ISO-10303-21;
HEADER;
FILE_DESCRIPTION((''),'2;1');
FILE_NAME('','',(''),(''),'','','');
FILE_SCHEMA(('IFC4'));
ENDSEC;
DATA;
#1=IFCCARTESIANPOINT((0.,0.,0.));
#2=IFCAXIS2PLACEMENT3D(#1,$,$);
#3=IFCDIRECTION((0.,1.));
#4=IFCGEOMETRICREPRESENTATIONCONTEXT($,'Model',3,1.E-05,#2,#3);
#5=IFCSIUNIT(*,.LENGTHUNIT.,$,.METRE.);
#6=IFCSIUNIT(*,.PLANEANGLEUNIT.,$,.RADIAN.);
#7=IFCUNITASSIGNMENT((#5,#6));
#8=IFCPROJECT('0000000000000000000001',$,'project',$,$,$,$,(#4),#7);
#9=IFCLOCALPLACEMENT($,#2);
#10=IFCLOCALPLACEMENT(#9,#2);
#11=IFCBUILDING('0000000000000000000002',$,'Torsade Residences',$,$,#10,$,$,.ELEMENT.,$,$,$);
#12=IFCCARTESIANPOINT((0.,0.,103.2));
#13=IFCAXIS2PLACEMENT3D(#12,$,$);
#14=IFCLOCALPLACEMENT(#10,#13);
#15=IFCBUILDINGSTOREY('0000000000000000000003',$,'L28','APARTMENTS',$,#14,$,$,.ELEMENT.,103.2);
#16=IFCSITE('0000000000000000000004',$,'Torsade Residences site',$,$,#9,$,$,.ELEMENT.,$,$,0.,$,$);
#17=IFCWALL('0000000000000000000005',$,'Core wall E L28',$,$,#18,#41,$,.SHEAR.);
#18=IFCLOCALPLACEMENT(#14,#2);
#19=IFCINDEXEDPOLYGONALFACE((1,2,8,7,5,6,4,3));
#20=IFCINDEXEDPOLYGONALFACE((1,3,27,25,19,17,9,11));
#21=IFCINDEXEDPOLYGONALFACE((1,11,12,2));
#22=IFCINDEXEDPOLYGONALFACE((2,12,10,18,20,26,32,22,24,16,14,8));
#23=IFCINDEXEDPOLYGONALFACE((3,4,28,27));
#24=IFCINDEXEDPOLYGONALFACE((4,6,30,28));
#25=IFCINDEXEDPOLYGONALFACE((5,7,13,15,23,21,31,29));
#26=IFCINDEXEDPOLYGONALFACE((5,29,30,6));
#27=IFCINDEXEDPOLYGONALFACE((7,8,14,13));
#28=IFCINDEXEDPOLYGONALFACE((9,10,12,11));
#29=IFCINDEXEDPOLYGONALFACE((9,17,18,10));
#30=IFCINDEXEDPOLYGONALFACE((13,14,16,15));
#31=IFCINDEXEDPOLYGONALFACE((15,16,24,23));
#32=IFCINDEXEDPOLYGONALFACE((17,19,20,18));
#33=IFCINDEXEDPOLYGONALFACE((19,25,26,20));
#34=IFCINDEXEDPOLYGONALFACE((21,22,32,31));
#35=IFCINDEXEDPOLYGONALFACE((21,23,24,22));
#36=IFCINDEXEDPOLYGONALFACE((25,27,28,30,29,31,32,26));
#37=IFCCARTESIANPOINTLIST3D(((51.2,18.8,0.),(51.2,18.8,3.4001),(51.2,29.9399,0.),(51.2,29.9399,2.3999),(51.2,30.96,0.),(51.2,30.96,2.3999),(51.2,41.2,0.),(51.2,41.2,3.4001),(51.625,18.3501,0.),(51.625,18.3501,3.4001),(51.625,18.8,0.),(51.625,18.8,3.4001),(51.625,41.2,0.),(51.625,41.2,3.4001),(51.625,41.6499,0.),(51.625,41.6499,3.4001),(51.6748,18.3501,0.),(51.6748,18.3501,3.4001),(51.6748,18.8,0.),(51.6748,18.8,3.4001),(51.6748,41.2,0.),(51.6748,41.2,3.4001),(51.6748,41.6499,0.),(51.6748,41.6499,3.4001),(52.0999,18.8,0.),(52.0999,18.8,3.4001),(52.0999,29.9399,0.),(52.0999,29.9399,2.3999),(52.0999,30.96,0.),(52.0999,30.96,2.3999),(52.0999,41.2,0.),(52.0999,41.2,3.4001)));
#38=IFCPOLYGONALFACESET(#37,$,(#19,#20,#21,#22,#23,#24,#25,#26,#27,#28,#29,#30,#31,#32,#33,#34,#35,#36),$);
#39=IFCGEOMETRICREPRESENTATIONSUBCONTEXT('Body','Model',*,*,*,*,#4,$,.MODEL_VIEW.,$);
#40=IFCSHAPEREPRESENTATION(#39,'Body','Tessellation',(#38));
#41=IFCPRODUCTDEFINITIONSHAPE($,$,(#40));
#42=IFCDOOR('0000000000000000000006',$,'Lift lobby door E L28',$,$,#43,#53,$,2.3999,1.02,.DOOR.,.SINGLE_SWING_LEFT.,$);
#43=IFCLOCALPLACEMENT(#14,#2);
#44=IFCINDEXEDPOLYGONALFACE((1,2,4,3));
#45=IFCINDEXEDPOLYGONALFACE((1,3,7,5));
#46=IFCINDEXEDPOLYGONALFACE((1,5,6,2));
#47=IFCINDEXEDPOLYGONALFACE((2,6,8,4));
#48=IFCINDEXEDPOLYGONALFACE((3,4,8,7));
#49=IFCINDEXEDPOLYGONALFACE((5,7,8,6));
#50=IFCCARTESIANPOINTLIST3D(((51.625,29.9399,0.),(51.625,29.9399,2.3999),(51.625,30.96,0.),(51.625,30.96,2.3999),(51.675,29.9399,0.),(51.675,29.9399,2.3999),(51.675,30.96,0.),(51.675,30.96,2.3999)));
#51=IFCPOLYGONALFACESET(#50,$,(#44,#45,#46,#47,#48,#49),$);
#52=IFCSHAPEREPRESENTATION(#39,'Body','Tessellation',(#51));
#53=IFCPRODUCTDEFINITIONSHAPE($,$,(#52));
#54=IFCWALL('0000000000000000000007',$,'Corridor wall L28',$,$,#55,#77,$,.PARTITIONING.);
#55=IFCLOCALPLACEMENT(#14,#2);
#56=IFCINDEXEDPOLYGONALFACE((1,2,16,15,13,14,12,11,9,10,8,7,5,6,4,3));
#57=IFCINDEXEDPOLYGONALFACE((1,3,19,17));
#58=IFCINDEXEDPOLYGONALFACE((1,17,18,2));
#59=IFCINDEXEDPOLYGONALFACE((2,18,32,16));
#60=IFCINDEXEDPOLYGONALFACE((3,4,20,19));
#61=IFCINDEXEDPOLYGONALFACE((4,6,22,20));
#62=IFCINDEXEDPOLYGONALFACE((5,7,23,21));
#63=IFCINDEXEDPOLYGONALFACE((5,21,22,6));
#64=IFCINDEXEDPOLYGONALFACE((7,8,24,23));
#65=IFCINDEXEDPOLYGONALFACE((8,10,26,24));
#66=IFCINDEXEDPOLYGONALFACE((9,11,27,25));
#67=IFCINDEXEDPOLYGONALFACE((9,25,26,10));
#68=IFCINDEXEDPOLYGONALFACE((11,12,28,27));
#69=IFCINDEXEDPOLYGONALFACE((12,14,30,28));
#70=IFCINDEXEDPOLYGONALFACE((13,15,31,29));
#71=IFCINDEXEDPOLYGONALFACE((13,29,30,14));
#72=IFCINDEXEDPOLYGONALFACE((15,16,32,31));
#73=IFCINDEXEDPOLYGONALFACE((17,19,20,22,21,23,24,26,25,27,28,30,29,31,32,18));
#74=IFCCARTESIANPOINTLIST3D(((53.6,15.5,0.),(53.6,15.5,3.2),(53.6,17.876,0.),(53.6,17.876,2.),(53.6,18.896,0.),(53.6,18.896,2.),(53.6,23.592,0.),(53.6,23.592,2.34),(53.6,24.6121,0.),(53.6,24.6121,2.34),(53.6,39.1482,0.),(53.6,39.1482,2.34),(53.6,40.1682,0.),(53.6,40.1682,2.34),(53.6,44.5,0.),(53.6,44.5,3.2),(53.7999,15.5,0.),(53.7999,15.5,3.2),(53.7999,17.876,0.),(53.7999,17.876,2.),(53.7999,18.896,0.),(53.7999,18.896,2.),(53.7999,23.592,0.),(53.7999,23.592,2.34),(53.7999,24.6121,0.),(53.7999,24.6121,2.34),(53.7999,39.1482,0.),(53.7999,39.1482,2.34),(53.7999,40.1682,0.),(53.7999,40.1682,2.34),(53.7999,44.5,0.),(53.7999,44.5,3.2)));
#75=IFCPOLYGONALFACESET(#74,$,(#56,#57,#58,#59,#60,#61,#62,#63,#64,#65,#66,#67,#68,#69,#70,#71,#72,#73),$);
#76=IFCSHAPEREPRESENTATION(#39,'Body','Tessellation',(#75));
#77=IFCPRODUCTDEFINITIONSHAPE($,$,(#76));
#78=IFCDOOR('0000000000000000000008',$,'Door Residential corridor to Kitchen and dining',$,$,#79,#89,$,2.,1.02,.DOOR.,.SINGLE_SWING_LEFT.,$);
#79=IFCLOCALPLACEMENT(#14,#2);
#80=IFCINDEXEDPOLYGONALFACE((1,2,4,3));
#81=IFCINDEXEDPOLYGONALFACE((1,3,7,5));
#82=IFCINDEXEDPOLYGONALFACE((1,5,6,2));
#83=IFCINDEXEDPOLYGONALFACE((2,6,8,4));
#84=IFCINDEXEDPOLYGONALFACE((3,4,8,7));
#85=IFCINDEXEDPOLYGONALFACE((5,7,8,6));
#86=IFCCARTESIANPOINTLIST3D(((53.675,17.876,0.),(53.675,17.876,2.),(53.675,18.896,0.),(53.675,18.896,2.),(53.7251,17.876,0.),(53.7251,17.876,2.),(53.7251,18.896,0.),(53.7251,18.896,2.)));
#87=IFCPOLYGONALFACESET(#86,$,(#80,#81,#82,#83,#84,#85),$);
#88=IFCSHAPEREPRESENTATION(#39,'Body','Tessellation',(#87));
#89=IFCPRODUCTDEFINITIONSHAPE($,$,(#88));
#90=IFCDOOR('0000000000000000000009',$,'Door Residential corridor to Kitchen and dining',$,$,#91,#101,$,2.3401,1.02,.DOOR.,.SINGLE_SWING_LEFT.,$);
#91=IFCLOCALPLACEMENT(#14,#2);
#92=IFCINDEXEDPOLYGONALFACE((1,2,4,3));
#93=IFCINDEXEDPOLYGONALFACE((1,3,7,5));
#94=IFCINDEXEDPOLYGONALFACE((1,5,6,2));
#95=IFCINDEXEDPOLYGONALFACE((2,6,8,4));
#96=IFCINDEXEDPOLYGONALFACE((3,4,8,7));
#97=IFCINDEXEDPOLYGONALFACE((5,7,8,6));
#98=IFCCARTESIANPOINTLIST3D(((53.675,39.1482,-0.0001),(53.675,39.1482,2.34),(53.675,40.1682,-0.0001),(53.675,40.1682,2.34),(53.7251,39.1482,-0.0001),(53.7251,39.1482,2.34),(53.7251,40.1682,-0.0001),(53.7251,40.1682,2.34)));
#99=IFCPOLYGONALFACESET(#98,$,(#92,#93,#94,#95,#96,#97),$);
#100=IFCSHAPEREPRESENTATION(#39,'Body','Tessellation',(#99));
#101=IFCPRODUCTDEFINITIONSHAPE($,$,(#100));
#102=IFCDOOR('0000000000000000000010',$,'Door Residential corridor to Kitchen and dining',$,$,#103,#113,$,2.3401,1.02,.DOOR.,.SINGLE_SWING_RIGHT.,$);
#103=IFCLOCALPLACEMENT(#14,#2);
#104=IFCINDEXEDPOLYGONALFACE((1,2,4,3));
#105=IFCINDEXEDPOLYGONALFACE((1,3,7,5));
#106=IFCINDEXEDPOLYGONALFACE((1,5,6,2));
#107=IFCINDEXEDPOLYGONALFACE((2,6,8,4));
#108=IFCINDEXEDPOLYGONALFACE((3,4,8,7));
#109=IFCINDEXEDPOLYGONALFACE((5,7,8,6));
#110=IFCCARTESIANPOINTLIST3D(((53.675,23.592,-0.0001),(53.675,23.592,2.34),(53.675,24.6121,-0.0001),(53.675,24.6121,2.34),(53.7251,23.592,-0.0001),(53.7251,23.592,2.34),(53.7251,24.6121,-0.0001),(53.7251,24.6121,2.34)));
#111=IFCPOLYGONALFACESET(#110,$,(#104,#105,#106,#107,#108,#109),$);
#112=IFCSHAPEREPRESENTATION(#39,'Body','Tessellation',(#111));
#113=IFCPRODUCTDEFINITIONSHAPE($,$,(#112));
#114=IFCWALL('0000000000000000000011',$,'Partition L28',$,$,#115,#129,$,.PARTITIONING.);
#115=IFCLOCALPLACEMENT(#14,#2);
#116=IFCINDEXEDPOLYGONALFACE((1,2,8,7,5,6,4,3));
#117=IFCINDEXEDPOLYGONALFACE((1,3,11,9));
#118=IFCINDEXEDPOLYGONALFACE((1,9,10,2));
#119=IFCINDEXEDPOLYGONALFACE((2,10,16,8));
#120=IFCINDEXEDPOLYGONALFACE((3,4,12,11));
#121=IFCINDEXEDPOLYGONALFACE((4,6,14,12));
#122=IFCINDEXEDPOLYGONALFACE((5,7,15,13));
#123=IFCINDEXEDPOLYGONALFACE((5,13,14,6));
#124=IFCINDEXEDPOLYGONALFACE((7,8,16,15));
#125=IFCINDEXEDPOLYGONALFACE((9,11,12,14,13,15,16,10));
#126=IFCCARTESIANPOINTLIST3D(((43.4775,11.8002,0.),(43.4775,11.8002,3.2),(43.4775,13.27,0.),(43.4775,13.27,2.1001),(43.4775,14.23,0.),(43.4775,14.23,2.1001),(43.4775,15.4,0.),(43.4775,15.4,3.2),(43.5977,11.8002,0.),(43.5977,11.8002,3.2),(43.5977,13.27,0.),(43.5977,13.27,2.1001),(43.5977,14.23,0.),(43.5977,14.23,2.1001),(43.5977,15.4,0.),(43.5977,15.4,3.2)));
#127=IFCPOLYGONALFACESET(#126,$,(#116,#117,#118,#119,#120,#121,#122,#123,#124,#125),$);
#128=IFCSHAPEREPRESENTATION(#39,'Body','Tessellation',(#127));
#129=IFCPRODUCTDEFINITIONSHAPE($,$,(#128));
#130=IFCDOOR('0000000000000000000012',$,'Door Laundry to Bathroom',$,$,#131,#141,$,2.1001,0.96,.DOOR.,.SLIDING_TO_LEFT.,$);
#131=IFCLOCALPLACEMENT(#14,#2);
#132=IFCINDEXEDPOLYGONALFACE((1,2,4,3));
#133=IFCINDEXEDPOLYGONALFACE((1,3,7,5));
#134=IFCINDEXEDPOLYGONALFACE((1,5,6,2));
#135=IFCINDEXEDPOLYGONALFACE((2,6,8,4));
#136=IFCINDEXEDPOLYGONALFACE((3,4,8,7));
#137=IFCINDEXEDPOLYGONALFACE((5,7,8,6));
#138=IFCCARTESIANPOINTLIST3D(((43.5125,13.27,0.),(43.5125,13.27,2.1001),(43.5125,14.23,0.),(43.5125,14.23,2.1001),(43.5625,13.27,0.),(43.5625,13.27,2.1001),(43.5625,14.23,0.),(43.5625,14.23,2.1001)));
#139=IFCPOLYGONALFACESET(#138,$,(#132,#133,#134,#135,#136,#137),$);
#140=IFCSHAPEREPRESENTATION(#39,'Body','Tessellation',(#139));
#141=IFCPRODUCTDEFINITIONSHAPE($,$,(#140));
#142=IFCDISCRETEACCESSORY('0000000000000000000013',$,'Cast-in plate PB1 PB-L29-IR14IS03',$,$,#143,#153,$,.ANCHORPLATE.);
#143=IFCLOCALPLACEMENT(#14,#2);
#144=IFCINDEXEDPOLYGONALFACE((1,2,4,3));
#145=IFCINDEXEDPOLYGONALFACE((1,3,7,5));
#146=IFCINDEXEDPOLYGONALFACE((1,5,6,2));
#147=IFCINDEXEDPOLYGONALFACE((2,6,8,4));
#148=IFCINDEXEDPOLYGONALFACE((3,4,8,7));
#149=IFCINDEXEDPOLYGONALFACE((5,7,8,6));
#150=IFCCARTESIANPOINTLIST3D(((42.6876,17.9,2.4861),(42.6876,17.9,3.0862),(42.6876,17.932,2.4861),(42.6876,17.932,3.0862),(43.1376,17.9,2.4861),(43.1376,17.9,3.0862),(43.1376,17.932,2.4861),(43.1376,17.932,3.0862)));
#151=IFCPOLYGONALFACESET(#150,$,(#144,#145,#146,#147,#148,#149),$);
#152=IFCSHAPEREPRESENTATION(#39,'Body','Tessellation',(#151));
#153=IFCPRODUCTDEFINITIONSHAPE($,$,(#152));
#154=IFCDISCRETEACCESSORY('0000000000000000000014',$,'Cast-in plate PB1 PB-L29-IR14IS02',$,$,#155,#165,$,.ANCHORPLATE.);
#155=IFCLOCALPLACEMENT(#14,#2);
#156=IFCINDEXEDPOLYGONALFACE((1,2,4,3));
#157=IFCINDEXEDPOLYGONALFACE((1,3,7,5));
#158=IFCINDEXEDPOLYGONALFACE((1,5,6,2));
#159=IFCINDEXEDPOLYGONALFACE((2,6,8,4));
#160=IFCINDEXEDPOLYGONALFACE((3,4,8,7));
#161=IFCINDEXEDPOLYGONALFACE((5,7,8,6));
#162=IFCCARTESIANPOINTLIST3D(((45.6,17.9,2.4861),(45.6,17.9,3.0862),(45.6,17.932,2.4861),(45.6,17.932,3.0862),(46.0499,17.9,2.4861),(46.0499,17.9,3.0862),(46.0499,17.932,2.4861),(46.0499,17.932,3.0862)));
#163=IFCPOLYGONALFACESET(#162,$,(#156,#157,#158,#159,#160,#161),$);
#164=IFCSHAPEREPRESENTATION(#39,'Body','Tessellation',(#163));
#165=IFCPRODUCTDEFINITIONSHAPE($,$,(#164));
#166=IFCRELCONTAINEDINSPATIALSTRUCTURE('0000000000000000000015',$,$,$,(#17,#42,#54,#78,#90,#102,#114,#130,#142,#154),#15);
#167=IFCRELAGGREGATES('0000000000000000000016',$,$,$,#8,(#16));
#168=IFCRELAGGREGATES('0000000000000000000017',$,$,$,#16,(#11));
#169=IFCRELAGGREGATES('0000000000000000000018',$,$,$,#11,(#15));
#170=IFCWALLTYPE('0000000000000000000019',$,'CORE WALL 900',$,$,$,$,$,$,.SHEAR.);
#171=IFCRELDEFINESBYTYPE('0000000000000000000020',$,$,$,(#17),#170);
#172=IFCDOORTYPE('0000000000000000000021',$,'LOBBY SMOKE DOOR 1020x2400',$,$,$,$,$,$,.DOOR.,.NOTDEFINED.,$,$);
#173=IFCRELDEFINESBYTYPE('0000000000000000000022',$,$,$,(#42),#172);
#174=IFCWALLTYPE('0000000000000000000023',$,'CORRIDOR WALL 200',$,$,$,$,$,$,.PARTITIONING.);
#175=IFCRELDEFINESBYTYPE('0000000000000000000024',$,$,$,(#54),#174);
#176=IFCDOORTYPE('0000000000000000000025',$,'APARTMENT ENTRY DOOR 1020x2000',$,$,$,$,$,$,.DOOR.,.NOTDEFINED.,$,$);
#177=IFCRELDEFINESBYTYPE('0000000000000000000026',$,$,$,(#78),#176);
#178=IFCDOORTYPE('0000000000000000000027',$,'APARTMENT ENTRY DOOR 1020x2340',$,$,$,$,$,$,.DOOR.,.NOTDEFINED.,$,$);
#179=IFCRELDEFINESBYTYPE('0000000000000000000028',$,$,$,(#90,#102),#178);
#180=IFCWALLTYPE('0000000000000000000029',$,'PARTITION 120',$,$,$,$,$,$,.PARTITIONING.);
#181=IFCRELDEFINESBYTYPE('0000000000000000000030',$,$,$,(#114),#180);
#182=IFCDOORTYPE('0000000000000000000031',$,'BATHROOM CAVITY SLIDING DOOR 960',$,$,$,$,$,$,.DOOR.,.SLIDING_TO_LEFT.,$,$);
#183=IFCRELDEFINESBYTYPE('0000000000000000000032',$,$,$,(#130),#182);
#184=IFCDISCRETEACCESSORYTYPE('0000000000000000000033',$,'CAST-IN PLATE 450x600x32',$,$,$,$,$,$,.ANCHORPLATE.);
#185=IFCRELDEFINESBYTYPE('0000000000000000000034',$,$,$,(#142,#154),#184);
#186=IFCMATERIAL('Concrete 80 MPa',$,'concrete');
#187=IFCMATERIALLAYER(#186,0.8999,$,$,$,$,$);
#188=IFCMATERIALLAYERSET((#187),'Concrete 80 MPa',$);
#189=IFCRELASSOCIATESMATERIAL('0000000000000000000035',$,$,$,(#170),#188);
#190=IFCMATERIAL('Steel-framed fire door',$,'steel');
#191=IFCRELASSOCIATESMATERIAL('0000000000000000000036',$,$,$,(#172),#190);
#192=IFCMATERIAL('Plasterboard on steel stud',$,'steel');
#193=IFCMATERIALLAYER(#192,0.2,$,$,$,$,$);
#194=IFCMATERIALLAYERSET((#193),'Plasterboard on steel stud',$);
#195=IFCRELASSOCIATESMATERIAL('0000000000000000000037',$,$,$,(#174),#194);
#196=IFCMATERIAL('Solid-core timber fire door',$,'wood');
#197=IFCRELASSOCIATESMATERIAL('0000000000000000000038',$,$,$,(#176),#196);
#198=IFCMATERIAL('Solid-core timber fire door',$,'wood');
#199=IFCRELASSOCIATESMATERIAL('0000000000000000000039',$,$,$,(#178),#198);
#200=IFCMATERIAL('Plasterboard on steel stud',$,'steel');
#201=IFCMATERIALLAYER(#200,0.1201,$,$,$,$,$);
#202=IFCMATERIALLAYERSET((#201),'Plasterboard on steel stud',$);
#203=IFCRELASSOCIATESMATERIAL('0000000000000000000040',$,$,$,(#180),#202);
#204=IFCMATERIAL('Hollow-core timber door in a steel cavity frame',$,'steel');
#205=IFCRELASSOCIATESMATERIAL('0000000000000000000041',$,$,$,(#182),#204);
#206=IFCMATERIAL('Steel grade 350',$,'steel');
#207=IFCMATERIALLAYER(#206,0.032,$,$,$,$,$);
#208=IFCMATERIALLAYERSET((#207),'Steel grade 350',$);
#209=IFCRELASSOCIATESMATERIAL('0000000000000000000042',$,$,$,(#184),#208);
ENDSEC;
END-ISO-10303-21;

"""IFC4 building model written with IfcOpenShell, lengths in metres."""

from ifc_helpers import new_model, si_unit, direction, frame, frame_2d, origin, origin_2d, place, context, subcontext, project, spatial, polyline, rectangle, outline, extrude, material, layer, layer_set, type_object, element, fill, save


model = new_model("IFC4")

# Units and contexts
model_context = context("Model", 3, precision=1e-05, world=origin(), true_north=direction((0.0, 1.0)))
body_context = subcontext(model_context, "Body", "Model", "MODEL_VIEW")
ifc_project = project(units=[si_unit("LENGTHUNIT", "METRE"), si_unit("PLANEANGLEUNIT", "RADIAN")], contexts=[model_context])

# Site, building, storey
site_placement = place(None, origin())
site = spatial("IfcSite", under=ifc_project, at=site_placement, Name="Torsade Residences site", CompositionType="ELEMENT", RefElevation=0.0)
building_placement = place(site_placement, origin())
building = spatial("IfcBuilding", under=site, at=building_placement, Name="Torsade Residences", CompositionType="ELEMENT")
storey_placement = place(building_placement, frame((0.0, 0.0, 103.2)))
storey = spatial("IfcBuildingStorey", under=building, at=storey_placement, Name="L28", Description="APARTMENTS", CompositionType="ELEMENT", Elevation=103.2)

# Shared definitions
ifc_material_1 = material(Name="Concrete 80 MPa", Category="concrete")
ifc_layer_1 = layer(ifc_material_1, 0.8999)
ifc_layer_set_1 = layer_set([ifc_layer_1], Name="Concrete 80 MPa")
wall_type_1 = type_object("IfcWallType", Name="CORE WALL 900", PredefinedType="SHEAR", material=ifc_layer_set_1)

# Wall, opening, door
wall_1_placement = place(storey_placement, frame((51.6499, 18.8, 0.0), z_axis=(0.0, 0.0, 1.0), x_axis=(0.0, 1.0, 0.0)))
wall_1 = element("IfcWall", 1, at=wall_1_placement, inside=storey, type_object=wall_type_1, Name="Core wall E L28", PredefinedType="SHEAR", context=body_context, shape_type="SweptSolid", body=[
    extrude(outline(polyline([(0.0, -0.45), (22.3999, -0.45), (22.3999, -0.0249), (22.8499, -0.0249), (22.8499, 0.0249), (22.3999, 0.0249), (22.3999, 0.45), (0.0, 0.45), (0.0, 0.0249), (-0.45, 0.0249), (-0.45, -0.0249), (0.0, -0.0249), (0.0, -0.45)])), origin(), (0.0, 0.0, 1.0), 3.4001),
])
opening_1_placement = place(wall_1_placement, frame((11.1399, 0.0, 0.0)))
opening_1 = element("IfcOpeningElement", 2, at=opening_1_placement, cuts=wall_1, PredefinedType="OPENING", context=body_context, shape_type="SweptSolid", body=[
    extrude(rectangle(XDim=1.02, YDim=2.3999, at=frame_2d((0.51, 1.2))), frame((0.0, 0.46, 0.0), z_axis=(0.0, -1.0, 0.0), x_axis=(1.0, 0.0, 0.0)), (0.0, 0.0, 1.0), 0.9199),
])
ifc_material_2 = material(Name="Steel-framed fire door", Category="steel")
door_type_1 = type_object("IfcDoorType", Name="LOBBY SMOKE DOOR 1020x2400", OperationType="NOTDEFINED", PredefinedType="DOOR", material=ifc_material_2)
door_1_placement = place(opening_1_placement, origin())
door_1 = element("IfcDoor", 3, at=door_1_placement, inside=storey, type_object=door_type_1, Name="Lift lobby door E L28", OperationType="SINGLE_SWING_LEFT", OverallHeight=2.3999, OverallWidth=1.02, PredefinedType="DOOR", context=body_context, shape_type="SweptSolid", body=[
    extrude(rectangle(XDim=1.02, YDim=2.3999, at=frame_2d((0.51, 1.2))), frame((0.0, 0.0249, 0.0), z_axis=(0.0, -1.0, 0.0), x_axis=(1.0, 0.0, 0.0)), (0.0, 0.0, 1.0), 0.05),
])
fill(opening_1, door_1)

# Wall, openings, doors
ifc_material_3 = material(Name="Plasterboard on steel stud", Category="steel")
ifc_layer_2 = layer(ifc_material_3, 0.2)
ifc_layer_set_2 = layer_set([ifc_layer_2], Name="Plasterboard on steel stud")
wall_type_2 = type_object("IfcWallType", Name="CORRIDOR WALL 200", PredefinedType="PARTITIONING", material=ifc_layer_set_2)
wall_2_placement = place(storey_placement, frame((53.7, 15.5, 0.0), z_axis=(0.0, 0.0, 1.0), x_axis=(0.0, 1.0, 0.0)))
wall_2 = element("IfcWall", 4, at=wall_2_placement, inside=storey, type_object=wall_type_2, Name="Corridor wall L28", PredefinedType="PARTITIONING", context=body_context, shape_type="SweptSolid", body=[
    extrude(rectangle(XDim=29.0, YDim=0.2, at=frame_2d((14.5, 0.0))), origin(), (0.0, 0.0, 1.0), 3.2),
])
opening_2_placement = place(wall_2_placement, frame((23.6482, 0.0, 0.0)))
opening_2 = element("IfcOpeningElement", 5, at=opening_2_placement, cuts=wall_2, PredefinedType="OPENING", context=body_context, shape_type="SweptSolid", body=[
    extrude(rectangle(XDim=1.02, YDim=2.3401, at=frame_2d((0.51, 1.1699))), frame((0.0, 0.1099, 0.0), z_axis=(0.0, -1.0, 0.0), x_axis=(1.0, 0.0, 0.0)), (0.0, 0.0, 1.0), 0.22),
])
opening_3_placement = place(wall_2_placement, frame((2.376, 0.0, 0.0)))
opening_3 = element("IfcOpeningElement", 6, at=opening_3_placement, cuts=wall_2, PredefinedType="OPENING", context=body_context, shape_type="SweptSolid", body=[
    extrude(rectangle(XDim=1.02, YDim=2.0, at=frame_2d((0.51, 1.0))), frame((0.0, 0.1099, 0.0), z_axis=(0.0, -1.0, 0.0), x_axis=(1.0, 0.0, 0.0)), (0.0, 0.0, 1.0), 0.22),
])
opening_4_placement = place(wall_2_placement, frame((8.092, 0.0, 0.0)))
opening_4 = element("IfcOpeningElement", 7, at=opening_4_placement, cuts=wall_2, PredefinedType="OPENING", context=body_context, shape_type="SweptSolid", body=[
    extrude(rectangle(XDim=1.02, YDim=2.3401, at=frame_2d((0.51, 1.1699))), frame((0.0, 0.1099, 0.0), z_axis=(0.0, -1.0, 0.0), x_axis=(1.0, 0.0, 0.0)), (0.0, 0.0, 1.0), 0.22),
])
ifc_material_4 = material(Name="Solid-core timber fire door", Category="wood")
door_type_2 = type_object("IfcDoorType", Name="APARTMENT ENTRY DOOR 1020x2000", OperationType="NOTDEFINED", PredefinedType="DOOR", material=ifc_material_4)
door_2_placement = place(opening_3_placement, origin())
door_2 = element("IfcDoor", 8, at=door_2_placement, inside=storey, type_object=door_type_2, Name="Door Residential corridor to Kitchen and dining", OperationType="SINGLE_SWING_LEFT", OverallHeight=2.0, OverallWidth=1.02, PredefinedType="DOOR", context=body_context, shape_type="SweptSolid", body=[
    extrude(rectangle(XDim=1.02, YDim=2.0, at=frame_2d((0.51, 1.0))), frame((0.0, 0.0249, 0.0), z_axis=(0.0, -1.0, 0.0), x_axis=(1.0, 0.0, 0.0)), (0.0, 0.0, 1.0), 0.05),
])
fill(opening_3, door_2)
ifc_material_5 = material(Name="Solid-core timber fire door", Category="wood")
door_type_3 = type_object("IfcDoorType", Name="APARTMENT ENTRY DOOR 1020x2340", OperationType="NOTDEFINED", PredefinedType="DOOR", material=ifc_material_5)
door_3_placement = place(opening_2_placement, origin())
door_3 = element("IfcDoor", 9, at=door_3_placement, inside=storey, type_object=door_type_3, Name="Door Residential corridor to Kitchen and dining", OperationType="SINGLE_SWING_LEFT", OverallHeight=2.3401, OverallWidth=1.02, PredefinedType="DOOR", context=body_context, shape_type="SweptSolid", body=[
    extrude(rectangle(XDim=1.02, YDim=2.3401, at=frame_2d((0.51, 1.1699))), frame((0.0, 0.0249, 0.0), z_axis=(0.0, -1.0, 0.0), x_axis=(1.0, 0.0, 0.0)), (0.0, 0.0, 1.0), 0.05),
])
fill(opening_2, door_3)
door_4_placement = place(opening_4_placement, origin())
door_4 = element("IfcDoor", 10, at=door_4_placement, inside=storey, type_object=door_type_3, Name="Door Residential corridor to Kitchen and dining", OperationType="SINGLE_SWING_RIGHT", OverallHeight=2.3401, OverallWidth=1.02, PredefinedType="DOOR", context=body_context, shape_type="SweptSolid", body=[
    extrude(rectangle(XDim=1.02, YDim=2.3401, at=frame_2d((0.51, 1.1699))), frame((0.0, 0.0249, 0.0), z_axis=(0.0, -1.0, 0.0), x_axis=(1.0, 0.0, 0.0)), (0.0, 0.0, 1.0), 0.05),
])
fill(opening_4, door_4)

# Wall, opening, door
ifc_material_6 = material(Name="Plasterboard on steel stud", Category="steel")
ifc_layer_3 = layer(ifc_material_6, 0.1201)
ifc_layer_set_3 = layer_set([ifc_layer_3], Name="Plasterboard on steel stud")
wall_type_3 = type_object("IfcWallType", Name="PARTITION 120", PredefinedType="PARTITIONING", material=ifc_layer_set_3)
wall_3_placement = place(storey_placement, frame((43.5376, 15.3999, 0.0), z_axis=(0.0, 0.0, 1.0), x_axis=(0.0, -1.0, 0.0)))
wall_3 = element("IfcWall", 11, at=wall_3_placement, inside=storey, type_object=wall_type_3, Name="Partition L28", PredefinedType="PARTITIONING", context=body_context, shape_type="SweptSolid", body=[
    extrude(rectangle(XDim=3.5999, YDim=0.1201, at=frame_2d((1.7998, 0.0))), origin(), (0.0, 0.0, 1.0), 3.2),
])
opening_5_placement = place(wall_3_placement, frame((1.1699, 0.0, 0.0)))
opening_5 = element("IfcOpeningElement", 12, at=opening_5_placement, cuts=wall_3, PredefinedType="OPENING", context=body_context, shape_type="SweptSolid", body=[
    extrude(rectangle(XDim=0.96, YDim=2.1001, at=frame_2d((0.48, 1.05))), frame((0.0, 0.0701, 0.0), z_axis=(0.0, -1.0, 0.0), x_axis=(1.0, 0.0, 0.0)), (0.0, 0.0, 1.0), 0.1401),
])
ifc_material_7 = material(Name="Hollow-core timber door in a steel cavity frame", Category="steel")
door_type_4 = type_object("IfcDoorType", Name="BATHROOM CAVITY SLIDING DOOR 960", OperationType="SLIDING_TO_LEFT", PredefinedType="DOOR", material=ifc_material_7)
door_5_placement = place(opening_5_placement, origin())
door_5 = element("IfcDoor", 13, at=door_5_placement, inside=storey, type_object=door_type_4, Name="Door Laundry to Bathroom", OperationType="SLIDING_TO_LEFT", OverallHeight=2.1001, OverallWidth=0.96, PredefinedType="DOOR", context=body_context, shape_type="SweptSolid", body=[
    extrude(rectangle(XDim=0.96, YDim=2.1001, at=frame_2d((0.48, 1.05))), frame((0.0, 0.0249, 0.0), z_axis=(0.0, -1.0, 0.0), x_axis=(1.0, 0.0, 0.0)), (0.0, 0.0, 1.0), 0.05),
])
fill(opening_5, door_5)

# Discrete accessories
ifc_material_8 = material(Name="Steel grade 350", Category="steel")
ifc_layer_4 = layer(ifc_material_8, 0.032)
ifc_layer_set_4 = layer_set([ifc_layer_4], Name="Steel grade 350")
discrete_accessory_type = type_object("IfcDiscreteAccessoryType", Name="CAST-IN PLATE 450x600x32", PredefinedType="ANCHORPLATE", material=ifc_layer_set_4)
for number, where, z_axis, x_axis, name in (
    (14, (42.9126, 17.916, 2.4861), (0.0, 0.0, 1.0), (1.0, 0.0, 0.0), "Cast-in plate PB1 PB-L29-IR14IS03"),
    (15, (45.825, 17.916, 2.4861), (0.0, 0.0, 1.0), (1.0, 0.0, 0.0), "Cast-in plate PB1 PB-L29-IR14IS02"),
):
    element("IfcDiscreteAccessory", number, at=place(storey_placement, frame(where, z_axis=z_axis, x_axis=x_axis)), inside=storey, type_object=discrete_accessory_type, Name=name, PredefinedType="ANCHORPLATE", context=body_context, shape_type="SweptSolid", body=[
        extrude(rectangle(XDim=0.45, YDim=0.032, at=origin_2d()), origin(), (0.0, 0.0, 1.0), 0.6001),
    ])

save(model, "model.ifc")
